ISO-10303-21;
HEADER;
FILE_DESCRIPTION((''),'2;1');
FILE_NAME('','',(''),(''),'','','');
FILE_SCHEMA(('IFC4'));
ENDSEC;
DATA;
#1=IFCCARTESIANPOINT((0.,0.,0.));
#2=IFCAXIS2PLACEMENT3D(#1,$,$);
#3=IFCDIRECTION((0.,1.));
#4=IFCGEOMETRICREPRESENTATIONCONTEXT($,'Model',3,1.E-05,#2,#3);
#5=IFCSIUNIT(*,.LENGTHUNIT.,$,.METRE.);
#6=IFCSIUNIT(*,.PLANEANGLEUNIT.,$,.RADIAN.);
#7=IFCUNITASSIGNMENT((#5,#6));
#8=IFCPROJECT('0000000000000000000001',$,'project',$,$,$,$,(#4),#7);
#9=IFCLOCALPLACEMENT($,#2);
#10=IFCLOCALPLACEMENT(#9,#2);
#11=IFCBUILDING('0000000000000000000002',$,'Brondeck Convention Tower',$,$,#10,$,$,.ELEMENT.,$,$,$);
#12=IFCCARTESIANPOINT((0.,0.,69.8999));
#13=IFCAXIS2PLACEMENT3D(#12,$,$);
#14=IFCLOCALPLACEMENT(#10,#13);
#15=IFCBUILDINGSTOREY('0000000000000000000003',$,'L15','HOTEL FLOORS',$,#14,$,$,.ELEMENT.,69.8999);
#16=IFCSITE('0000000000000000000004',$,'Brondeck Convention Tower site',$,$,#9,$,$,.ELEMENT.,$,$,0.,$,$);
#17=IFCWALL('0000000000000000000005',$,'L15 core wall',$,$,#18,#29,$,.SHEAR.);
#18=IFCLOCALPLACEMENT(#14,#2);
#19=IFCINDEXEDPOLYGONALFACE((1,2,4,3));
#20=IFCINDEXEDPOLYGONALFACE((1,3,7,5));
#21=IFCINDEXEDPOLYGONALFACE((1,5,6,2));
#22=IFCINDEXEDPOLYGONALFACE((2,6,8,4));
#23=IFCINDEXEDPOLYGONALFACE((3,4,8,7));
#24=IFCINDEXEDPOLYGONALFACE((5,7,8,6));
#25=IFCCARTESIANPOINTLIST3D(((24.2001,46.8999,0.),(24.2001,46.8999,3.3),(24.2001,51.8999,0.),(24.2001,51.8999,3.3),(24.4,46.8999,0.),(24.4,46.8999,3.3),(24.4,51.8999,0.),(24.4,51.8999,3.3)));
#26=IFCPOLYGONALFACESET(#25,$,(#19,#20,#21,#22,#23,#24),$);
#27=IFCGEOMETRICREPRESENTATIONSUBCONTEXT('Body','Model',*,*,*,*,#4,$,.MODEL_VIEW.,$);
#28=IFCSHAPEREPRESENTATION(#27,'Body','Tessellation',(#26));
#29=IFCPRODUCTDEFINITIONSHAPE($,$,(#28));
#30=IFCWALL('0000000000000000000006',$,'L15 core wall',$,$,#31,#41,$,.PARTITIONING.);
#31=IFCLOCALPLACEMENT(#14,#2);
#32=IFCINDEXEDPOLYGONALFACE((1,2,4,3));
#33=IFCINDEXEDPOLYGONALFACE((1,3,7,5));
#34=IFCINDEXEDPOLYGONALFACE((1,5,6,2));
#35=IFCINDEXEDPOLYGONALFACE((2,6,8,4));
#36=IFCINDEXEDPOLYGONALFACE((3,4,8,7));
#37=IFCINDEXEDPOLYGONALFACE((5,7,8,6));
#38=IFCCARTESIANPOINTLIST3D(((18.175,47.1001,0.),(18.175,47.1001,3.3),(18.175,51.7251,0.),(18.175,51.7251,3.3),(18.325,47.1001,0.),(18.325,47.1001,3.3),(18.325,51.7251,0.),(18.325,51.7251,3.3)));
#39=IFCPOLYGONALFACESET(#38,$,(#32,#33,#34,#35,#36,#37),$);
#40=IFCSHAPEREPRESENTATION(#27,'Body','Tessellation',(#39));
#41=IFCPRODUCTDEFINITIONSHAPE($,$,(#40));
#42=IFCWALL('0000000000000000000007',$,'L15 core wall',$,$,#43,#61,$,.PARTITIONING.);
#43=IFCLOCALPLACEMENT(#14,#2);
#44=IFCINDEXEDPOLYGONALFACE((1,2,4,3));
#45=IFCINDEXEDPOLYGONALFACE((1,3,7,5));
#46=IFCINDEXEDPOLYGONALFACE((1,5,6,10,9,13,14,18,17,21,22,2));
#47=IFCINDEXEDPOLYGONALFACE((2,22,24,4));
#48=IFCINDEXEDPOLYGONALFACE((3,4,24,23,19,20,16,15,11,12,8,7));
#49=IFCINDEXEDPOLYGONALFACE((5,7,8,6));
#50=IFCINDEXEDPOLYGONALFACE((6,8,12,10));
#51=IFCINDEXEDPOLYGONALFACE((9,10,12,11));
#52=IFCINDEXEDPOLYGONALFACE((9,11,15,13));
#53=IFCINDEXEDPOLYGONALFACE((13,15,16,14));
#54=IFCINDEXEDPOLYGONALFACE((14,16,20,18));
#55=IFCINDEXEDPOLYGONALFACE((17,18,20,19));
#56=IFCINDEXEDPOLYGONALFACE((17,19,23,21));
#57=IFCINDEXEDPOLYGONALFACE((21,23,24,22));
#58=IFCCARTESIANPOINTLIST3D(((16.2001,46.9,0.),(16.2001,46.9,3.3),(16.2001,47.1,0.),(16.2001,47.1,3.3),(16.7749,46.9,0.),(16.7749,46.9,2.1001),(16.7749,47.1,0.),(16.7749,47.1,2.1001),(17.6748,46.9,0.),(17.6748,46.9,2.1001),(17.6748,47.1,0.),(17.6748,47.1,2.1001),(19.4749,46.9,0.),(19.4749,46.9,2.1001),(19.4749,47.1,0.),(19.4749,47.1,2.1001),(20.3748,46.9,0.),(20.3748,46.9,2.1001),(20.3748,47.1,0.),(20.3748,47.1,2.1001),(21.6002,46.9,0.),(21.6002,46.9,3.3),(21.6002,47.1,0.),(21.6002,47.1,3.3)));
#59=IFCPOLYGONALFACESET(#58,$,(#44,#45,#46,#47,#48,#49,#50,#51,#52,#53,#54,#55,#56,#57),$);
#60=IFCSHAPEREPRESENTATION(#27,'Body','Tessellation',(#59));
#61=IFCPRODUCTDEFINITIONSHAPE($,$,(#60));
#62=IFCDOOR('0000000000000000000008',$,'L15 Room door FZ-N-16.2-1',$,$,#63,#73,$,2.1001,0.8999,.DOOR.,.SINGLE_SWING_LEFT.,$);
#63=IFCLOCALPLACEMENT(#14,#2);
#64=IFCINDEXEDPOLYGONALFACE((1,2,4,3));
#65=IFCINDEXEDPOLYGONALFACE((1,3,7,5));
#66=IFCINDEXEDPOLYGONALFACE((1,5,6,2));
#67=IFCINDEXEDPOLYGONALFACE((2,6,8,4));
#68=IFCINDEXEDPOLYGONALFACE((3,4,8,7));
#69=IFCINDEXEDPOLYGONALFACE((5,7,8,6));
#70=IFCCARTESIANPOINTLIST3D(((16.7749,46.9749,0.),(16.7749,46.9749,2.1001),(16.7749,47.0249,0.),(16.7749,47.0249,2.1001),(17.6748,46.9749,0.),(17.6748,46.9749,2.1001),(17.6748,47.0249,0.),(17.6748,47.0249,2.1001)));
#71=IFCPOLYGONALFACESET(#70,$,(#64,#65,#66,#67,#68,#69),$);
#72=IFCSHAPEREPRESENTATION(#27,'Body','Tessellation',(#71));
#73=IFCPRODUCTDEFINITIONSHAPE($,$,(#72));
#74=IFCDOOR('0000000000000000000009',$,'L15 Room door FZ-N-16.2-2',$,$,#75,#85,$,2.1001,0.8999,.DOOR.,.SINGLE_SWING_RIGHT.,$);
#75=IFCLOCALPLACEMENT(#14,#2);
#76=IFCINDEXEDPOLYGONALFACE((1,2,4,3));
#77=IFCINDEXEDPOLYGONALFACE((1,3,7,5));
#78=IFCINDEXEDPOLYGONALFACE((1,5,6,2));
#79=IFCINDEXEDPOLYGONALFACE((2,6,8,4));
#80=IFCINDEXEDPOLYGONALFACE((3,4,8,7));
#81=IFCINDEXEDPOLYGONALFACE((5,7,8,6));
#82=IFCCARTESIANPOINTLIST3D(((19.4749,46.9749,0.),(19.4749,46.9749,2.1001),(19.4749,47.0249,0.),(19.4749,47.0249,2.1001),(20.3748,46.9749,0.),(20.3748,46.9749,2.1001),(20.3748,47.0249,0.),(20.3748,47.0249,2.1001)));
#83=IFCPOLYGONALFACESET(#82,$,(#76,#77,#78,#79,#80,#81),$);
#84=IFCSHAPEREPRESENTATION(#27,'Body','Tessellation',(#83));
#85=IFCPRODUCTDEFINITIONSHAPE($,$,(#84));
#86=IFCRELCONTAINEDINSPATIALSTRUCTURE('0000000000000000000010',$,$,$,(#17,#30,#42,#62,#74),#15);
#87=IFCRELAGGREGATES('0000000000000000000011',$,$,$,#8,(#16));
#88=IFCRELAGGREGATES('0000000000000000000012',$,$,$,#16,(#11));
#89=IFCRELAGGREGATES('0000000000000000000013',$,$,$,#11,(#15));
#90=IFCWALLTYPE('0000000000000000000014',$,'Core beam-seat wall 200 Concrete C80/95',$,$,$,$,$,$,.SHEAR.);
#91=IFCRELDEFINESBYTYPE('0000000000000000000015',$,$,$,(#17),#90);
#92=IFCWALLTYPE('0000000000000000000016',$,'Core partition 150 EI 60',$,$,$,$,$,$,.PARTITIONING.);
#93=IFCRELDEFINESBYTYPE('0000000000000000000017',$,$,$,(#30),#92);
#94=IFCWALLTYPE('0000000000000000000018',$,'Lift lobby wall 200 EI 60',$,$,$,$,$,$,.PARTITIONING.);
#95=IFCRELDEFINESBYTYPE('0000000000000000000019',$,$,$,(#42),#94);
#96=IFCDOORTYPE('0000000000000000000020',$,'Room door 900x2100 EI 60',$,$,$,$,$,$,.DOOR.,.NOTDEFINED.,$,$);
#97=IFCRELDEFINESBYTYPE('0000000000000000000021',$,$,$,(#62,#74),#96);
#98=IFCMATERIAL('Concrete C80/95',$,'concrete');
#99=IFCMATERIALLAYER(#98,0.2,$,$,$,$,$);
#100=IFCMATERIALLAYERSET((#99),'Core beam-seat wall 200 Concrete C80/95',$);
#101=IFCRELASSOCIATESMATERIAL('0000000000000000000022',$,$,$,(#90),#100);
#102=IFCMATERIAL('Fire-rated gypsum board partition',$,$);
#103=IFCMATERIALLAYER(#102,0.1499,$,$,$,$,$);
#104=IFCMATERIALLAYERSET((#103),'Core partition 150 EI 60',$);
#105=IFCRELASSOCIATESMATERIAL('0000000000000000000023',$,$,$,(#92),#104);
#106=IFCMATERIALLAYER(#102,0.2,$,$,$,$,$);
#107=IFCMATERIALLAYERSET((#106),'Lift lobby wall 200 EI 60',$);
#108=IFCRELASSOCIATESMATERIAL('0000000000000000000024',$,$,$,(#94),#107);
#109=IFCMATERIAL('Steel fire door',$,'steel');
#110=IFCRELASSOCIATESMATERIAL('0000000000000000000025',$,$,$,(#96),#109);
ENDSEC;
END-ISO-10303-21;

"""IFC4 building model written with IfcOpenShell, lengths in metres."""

from ifc_helpers import new_model, si_unit, direction, frame, frame_2d, origin, place, context, subcontext, project, spatial, rectangle, extrude, material, layer, layer_set, type_object, element, fill, save


model = new_model("IFC4")

# Units and contexts
model_context = context("Model", 3, precision=1e-05, world=origin(), true_north=direction((0.0, 1.0)))
body_context = subcontext(model_context, "Body", "Model", "MODEL_VIEW")
ifc_project = project(units=[si_unit("LENGTHUNIT", "METRE"), si_unit("PLANEANGLEUNIT", "RADIAN")], contexts=[model_context])

# Site, building, storey
site_placement = place(None, origin())
site = spatial("IfcSite", under=ifc_project, at=site_placement, Name="Brondeck Convention Tower site", CompositionType="ELEMENT", RefElevation=0.0)
building_placement = place(site_placement, origin())
building = spatial("IfcBuilding", under=site, at=building_placement, Name="Brondeck Convention Tower", CompositionType="ELEMENT")
storey_placement = place(building_placement, frame((0.0, 0.0, 69.8999)))
storey = spatial("IfcBuildingStorey", under=building, at=storey_placement, Name="L15", Description="HOTEL FLOORS", CompositionType="ELEMENT", Elevation=69.8999)

# Walls
ifc_material_1 = material(Name="Concrete C80/95", Category="concrete")
ifc_layer_1 = layer(ifc_material_1, 0.2)
ifc_layer_set_1 = layer_set([ifc_layer_1], Name="Core beam-seat wall 200 Concrete C80/95")
wall_type_1 = type_object("IfcWallType", Name="Core beam-seat wall 200 Concrete C80/95", PredefinedType="SHEAR", material=ifc_layer_set_1)
wall_1_placement = place(storey_placement, frame((24.3, 46.8999, 0.0), z_axis=(0.0, 0.0, 1.0), x_axis=(0.0, 1.0, 0.0)))
element("IfcWall", 1, at=wall_1_placement, inside=storey, type_object=wall_type_1, Name="L15 core wall", PredefinedType="SHEAR", context=body_context, shape_type="SweptSolid", body=[
    extrude(rectangle(XDim=5.0, YDim=0.2, at=frame_2d((2.5, 0.0))), origin(), (0.0, 0.0, 1.0), 3.3),
])
ifc_material_2 = material(Name="Fire-rated gypsum board partition")
ifc_layer_2 = layer(ifc_material_2, 0.1499)
ifc_layer_set_2 = layer_set([ifc_layer_2], Name="Core partition 150 EI 60")
wall_type_2 = type_object("IfcWallType", Name="Core partition 150 EI 60", PredefinedType="PARTITIONING", material=ifc_layer_set_2)
wall_2_placement = place(storey_placement, frame((18.25, 47.1001, 0.0), z_axis=(0.0, 0.0, 1.0), x_axis=(0.0, 1.0, 0.0)))
element("IfcWall", 2, at=wall_2_placement, inside=storey, type_object=wall_type_2, Name="L15 core wall", PredefinedType="PARTITIONING", context=body_context, shape_type="SweptSolid", body=[
    extrude(rectangle(XDim=4.625, YDim=0.1499, at=frame_2d((2.3125, 0.0))), origin(), (0.0, 0.0, 1.0), 3.3),
])

# Wall, openings, doors
ifc_layer_3 = layer(ifc_material_2, 0.2)
ifc_layer_set_3 = layer_set([ifc_layer_3], Name="Lift lobby wall 200 EI 60")
wall_type_3 = type_object("IfcWallType", Name="Lift lobby wall 200 EI 60", PredefinedType="PARTITIONING", material=ifc_layer_set_3)
wall_3_placement = place(storey_placement, frame((16.2, 47.0, 0.0), z_axis=(0.0, 0.0, 1.0), x_axis=(1.0, 0.0, 0.0)))
wall_3 = element("IfcWall", 3, at=wall_3_placement, inside=storey, type_object=wall_type_3, Name="L15 core wall", PredefinedType="PARTITIONING", context=body_context, shape_type="SweptSolid", body=[
    extrude(rectangle(XDim=5.4001, YDim=0.2, at=frame_2d((2.7002, 0.0))), origin(), (0.0, 0.0, 1.0), 3.3),
])
opening_1_placement = place(wall_3_placement, frame((0.575, 0.0, 0.0)))
opening_1 = element("IfcOpeningElement", 4, at=opening_1_placement, cuts=wall_3, PredefinedType="OPENING", context=body_context, shape_type="SweptSolid", body=[
    extrude(rectangle(XDim=0.8999, YDim=2.1001, at=frame_2d((0.45, 1.05))), frame((0.0, 0.1099, 0.0), z_axis=(0.0, -1.0, 0.0), x_axis=(1.0, 0.0, 0.0)), (0.0, 0.0, 1.0), 0.22),
])
opening_2_placement = place(wall_3_placement, frame((3.2749, 0.0, 0.0)))
opening_2 = element("IfcOpeningElement", 5, at=opening_2_placement, cuts=wall_3, PredefinedType="OPENING", context=body_context, shape_type="SweptSolid", body=[
    extrude(rectangle(XDim=0.8999, YDim=2.1001, at=frame_2d((0.45, 1.05))), frame((0.0, 0.1099, 0.0), z_axis=(0.0, -1.0, 0.0), x_axis=(1.0, 0.0, 0.0)), (0.0, 0.0, 1.0), 0.22),
])
ifc_material_3 = material(Name="Steel fire door", Category="steel")
door_type_1 = type_object("IfcDoorType", Name="Room door 900x2100 EI 60", OperationType="NOTDEFINED", PredefinedType="DOOR", material=ifc_material_3)
door_1_placement = place(opening_1_placement, origin())
door_1 = element("IfcDoor", 6, at=door_1_placement, inside=storey, type_object=door_type_1, Name="L15 Room door FZ-N-16.2-1", OperationType="SINGLE_SWING_LEFT", OverallHeight=2.1001, OverallWidth=0.8999, PredefinedType="DOOR", context=body_context, shape_type="SweptSolid", body=[
    extrude(rectangle(XDim=0.8999, YDim=2.1001, at=frame_2d((0.45, 1.05))), frame((0.0, 0.0249, 0.0), z_axis=(0.0, -1.0, 0.0), x_axis=(1.0, 0.0, 0.0)), (0.0, 0.0, 1.0), 0.05),
])
fill(opening_1, door_1)
door_2_placement = place(opening_2_placement, origin())
door_2 = element("IfcDoor", 7, at=door_2_placement, inside=storey, type_object=door_type_1, Name="L15 Room door FZ-N-16.2-2", OperationType="SINGLE_SWING_RIGHT", OverallHeight=2.1001, OverallWidth=0.8999, PredefinedType="DOOR", context=body_context, shape_type="SweptSolid", body=[
    extrude(rectangle(XDim=0.8999, YDim=2.1001, at=frame_2d((0.45, 1.05))), frame((0.0, 0.0249, 0.0), z_axis=(0.0, -1.0, 0.0), x_axis=(1.0, 0.0, 0.0)), (0.0, 0.0, 1.0), 0.05),
])
fill(opening_2, door_2)

save(model, "model.ifc")
